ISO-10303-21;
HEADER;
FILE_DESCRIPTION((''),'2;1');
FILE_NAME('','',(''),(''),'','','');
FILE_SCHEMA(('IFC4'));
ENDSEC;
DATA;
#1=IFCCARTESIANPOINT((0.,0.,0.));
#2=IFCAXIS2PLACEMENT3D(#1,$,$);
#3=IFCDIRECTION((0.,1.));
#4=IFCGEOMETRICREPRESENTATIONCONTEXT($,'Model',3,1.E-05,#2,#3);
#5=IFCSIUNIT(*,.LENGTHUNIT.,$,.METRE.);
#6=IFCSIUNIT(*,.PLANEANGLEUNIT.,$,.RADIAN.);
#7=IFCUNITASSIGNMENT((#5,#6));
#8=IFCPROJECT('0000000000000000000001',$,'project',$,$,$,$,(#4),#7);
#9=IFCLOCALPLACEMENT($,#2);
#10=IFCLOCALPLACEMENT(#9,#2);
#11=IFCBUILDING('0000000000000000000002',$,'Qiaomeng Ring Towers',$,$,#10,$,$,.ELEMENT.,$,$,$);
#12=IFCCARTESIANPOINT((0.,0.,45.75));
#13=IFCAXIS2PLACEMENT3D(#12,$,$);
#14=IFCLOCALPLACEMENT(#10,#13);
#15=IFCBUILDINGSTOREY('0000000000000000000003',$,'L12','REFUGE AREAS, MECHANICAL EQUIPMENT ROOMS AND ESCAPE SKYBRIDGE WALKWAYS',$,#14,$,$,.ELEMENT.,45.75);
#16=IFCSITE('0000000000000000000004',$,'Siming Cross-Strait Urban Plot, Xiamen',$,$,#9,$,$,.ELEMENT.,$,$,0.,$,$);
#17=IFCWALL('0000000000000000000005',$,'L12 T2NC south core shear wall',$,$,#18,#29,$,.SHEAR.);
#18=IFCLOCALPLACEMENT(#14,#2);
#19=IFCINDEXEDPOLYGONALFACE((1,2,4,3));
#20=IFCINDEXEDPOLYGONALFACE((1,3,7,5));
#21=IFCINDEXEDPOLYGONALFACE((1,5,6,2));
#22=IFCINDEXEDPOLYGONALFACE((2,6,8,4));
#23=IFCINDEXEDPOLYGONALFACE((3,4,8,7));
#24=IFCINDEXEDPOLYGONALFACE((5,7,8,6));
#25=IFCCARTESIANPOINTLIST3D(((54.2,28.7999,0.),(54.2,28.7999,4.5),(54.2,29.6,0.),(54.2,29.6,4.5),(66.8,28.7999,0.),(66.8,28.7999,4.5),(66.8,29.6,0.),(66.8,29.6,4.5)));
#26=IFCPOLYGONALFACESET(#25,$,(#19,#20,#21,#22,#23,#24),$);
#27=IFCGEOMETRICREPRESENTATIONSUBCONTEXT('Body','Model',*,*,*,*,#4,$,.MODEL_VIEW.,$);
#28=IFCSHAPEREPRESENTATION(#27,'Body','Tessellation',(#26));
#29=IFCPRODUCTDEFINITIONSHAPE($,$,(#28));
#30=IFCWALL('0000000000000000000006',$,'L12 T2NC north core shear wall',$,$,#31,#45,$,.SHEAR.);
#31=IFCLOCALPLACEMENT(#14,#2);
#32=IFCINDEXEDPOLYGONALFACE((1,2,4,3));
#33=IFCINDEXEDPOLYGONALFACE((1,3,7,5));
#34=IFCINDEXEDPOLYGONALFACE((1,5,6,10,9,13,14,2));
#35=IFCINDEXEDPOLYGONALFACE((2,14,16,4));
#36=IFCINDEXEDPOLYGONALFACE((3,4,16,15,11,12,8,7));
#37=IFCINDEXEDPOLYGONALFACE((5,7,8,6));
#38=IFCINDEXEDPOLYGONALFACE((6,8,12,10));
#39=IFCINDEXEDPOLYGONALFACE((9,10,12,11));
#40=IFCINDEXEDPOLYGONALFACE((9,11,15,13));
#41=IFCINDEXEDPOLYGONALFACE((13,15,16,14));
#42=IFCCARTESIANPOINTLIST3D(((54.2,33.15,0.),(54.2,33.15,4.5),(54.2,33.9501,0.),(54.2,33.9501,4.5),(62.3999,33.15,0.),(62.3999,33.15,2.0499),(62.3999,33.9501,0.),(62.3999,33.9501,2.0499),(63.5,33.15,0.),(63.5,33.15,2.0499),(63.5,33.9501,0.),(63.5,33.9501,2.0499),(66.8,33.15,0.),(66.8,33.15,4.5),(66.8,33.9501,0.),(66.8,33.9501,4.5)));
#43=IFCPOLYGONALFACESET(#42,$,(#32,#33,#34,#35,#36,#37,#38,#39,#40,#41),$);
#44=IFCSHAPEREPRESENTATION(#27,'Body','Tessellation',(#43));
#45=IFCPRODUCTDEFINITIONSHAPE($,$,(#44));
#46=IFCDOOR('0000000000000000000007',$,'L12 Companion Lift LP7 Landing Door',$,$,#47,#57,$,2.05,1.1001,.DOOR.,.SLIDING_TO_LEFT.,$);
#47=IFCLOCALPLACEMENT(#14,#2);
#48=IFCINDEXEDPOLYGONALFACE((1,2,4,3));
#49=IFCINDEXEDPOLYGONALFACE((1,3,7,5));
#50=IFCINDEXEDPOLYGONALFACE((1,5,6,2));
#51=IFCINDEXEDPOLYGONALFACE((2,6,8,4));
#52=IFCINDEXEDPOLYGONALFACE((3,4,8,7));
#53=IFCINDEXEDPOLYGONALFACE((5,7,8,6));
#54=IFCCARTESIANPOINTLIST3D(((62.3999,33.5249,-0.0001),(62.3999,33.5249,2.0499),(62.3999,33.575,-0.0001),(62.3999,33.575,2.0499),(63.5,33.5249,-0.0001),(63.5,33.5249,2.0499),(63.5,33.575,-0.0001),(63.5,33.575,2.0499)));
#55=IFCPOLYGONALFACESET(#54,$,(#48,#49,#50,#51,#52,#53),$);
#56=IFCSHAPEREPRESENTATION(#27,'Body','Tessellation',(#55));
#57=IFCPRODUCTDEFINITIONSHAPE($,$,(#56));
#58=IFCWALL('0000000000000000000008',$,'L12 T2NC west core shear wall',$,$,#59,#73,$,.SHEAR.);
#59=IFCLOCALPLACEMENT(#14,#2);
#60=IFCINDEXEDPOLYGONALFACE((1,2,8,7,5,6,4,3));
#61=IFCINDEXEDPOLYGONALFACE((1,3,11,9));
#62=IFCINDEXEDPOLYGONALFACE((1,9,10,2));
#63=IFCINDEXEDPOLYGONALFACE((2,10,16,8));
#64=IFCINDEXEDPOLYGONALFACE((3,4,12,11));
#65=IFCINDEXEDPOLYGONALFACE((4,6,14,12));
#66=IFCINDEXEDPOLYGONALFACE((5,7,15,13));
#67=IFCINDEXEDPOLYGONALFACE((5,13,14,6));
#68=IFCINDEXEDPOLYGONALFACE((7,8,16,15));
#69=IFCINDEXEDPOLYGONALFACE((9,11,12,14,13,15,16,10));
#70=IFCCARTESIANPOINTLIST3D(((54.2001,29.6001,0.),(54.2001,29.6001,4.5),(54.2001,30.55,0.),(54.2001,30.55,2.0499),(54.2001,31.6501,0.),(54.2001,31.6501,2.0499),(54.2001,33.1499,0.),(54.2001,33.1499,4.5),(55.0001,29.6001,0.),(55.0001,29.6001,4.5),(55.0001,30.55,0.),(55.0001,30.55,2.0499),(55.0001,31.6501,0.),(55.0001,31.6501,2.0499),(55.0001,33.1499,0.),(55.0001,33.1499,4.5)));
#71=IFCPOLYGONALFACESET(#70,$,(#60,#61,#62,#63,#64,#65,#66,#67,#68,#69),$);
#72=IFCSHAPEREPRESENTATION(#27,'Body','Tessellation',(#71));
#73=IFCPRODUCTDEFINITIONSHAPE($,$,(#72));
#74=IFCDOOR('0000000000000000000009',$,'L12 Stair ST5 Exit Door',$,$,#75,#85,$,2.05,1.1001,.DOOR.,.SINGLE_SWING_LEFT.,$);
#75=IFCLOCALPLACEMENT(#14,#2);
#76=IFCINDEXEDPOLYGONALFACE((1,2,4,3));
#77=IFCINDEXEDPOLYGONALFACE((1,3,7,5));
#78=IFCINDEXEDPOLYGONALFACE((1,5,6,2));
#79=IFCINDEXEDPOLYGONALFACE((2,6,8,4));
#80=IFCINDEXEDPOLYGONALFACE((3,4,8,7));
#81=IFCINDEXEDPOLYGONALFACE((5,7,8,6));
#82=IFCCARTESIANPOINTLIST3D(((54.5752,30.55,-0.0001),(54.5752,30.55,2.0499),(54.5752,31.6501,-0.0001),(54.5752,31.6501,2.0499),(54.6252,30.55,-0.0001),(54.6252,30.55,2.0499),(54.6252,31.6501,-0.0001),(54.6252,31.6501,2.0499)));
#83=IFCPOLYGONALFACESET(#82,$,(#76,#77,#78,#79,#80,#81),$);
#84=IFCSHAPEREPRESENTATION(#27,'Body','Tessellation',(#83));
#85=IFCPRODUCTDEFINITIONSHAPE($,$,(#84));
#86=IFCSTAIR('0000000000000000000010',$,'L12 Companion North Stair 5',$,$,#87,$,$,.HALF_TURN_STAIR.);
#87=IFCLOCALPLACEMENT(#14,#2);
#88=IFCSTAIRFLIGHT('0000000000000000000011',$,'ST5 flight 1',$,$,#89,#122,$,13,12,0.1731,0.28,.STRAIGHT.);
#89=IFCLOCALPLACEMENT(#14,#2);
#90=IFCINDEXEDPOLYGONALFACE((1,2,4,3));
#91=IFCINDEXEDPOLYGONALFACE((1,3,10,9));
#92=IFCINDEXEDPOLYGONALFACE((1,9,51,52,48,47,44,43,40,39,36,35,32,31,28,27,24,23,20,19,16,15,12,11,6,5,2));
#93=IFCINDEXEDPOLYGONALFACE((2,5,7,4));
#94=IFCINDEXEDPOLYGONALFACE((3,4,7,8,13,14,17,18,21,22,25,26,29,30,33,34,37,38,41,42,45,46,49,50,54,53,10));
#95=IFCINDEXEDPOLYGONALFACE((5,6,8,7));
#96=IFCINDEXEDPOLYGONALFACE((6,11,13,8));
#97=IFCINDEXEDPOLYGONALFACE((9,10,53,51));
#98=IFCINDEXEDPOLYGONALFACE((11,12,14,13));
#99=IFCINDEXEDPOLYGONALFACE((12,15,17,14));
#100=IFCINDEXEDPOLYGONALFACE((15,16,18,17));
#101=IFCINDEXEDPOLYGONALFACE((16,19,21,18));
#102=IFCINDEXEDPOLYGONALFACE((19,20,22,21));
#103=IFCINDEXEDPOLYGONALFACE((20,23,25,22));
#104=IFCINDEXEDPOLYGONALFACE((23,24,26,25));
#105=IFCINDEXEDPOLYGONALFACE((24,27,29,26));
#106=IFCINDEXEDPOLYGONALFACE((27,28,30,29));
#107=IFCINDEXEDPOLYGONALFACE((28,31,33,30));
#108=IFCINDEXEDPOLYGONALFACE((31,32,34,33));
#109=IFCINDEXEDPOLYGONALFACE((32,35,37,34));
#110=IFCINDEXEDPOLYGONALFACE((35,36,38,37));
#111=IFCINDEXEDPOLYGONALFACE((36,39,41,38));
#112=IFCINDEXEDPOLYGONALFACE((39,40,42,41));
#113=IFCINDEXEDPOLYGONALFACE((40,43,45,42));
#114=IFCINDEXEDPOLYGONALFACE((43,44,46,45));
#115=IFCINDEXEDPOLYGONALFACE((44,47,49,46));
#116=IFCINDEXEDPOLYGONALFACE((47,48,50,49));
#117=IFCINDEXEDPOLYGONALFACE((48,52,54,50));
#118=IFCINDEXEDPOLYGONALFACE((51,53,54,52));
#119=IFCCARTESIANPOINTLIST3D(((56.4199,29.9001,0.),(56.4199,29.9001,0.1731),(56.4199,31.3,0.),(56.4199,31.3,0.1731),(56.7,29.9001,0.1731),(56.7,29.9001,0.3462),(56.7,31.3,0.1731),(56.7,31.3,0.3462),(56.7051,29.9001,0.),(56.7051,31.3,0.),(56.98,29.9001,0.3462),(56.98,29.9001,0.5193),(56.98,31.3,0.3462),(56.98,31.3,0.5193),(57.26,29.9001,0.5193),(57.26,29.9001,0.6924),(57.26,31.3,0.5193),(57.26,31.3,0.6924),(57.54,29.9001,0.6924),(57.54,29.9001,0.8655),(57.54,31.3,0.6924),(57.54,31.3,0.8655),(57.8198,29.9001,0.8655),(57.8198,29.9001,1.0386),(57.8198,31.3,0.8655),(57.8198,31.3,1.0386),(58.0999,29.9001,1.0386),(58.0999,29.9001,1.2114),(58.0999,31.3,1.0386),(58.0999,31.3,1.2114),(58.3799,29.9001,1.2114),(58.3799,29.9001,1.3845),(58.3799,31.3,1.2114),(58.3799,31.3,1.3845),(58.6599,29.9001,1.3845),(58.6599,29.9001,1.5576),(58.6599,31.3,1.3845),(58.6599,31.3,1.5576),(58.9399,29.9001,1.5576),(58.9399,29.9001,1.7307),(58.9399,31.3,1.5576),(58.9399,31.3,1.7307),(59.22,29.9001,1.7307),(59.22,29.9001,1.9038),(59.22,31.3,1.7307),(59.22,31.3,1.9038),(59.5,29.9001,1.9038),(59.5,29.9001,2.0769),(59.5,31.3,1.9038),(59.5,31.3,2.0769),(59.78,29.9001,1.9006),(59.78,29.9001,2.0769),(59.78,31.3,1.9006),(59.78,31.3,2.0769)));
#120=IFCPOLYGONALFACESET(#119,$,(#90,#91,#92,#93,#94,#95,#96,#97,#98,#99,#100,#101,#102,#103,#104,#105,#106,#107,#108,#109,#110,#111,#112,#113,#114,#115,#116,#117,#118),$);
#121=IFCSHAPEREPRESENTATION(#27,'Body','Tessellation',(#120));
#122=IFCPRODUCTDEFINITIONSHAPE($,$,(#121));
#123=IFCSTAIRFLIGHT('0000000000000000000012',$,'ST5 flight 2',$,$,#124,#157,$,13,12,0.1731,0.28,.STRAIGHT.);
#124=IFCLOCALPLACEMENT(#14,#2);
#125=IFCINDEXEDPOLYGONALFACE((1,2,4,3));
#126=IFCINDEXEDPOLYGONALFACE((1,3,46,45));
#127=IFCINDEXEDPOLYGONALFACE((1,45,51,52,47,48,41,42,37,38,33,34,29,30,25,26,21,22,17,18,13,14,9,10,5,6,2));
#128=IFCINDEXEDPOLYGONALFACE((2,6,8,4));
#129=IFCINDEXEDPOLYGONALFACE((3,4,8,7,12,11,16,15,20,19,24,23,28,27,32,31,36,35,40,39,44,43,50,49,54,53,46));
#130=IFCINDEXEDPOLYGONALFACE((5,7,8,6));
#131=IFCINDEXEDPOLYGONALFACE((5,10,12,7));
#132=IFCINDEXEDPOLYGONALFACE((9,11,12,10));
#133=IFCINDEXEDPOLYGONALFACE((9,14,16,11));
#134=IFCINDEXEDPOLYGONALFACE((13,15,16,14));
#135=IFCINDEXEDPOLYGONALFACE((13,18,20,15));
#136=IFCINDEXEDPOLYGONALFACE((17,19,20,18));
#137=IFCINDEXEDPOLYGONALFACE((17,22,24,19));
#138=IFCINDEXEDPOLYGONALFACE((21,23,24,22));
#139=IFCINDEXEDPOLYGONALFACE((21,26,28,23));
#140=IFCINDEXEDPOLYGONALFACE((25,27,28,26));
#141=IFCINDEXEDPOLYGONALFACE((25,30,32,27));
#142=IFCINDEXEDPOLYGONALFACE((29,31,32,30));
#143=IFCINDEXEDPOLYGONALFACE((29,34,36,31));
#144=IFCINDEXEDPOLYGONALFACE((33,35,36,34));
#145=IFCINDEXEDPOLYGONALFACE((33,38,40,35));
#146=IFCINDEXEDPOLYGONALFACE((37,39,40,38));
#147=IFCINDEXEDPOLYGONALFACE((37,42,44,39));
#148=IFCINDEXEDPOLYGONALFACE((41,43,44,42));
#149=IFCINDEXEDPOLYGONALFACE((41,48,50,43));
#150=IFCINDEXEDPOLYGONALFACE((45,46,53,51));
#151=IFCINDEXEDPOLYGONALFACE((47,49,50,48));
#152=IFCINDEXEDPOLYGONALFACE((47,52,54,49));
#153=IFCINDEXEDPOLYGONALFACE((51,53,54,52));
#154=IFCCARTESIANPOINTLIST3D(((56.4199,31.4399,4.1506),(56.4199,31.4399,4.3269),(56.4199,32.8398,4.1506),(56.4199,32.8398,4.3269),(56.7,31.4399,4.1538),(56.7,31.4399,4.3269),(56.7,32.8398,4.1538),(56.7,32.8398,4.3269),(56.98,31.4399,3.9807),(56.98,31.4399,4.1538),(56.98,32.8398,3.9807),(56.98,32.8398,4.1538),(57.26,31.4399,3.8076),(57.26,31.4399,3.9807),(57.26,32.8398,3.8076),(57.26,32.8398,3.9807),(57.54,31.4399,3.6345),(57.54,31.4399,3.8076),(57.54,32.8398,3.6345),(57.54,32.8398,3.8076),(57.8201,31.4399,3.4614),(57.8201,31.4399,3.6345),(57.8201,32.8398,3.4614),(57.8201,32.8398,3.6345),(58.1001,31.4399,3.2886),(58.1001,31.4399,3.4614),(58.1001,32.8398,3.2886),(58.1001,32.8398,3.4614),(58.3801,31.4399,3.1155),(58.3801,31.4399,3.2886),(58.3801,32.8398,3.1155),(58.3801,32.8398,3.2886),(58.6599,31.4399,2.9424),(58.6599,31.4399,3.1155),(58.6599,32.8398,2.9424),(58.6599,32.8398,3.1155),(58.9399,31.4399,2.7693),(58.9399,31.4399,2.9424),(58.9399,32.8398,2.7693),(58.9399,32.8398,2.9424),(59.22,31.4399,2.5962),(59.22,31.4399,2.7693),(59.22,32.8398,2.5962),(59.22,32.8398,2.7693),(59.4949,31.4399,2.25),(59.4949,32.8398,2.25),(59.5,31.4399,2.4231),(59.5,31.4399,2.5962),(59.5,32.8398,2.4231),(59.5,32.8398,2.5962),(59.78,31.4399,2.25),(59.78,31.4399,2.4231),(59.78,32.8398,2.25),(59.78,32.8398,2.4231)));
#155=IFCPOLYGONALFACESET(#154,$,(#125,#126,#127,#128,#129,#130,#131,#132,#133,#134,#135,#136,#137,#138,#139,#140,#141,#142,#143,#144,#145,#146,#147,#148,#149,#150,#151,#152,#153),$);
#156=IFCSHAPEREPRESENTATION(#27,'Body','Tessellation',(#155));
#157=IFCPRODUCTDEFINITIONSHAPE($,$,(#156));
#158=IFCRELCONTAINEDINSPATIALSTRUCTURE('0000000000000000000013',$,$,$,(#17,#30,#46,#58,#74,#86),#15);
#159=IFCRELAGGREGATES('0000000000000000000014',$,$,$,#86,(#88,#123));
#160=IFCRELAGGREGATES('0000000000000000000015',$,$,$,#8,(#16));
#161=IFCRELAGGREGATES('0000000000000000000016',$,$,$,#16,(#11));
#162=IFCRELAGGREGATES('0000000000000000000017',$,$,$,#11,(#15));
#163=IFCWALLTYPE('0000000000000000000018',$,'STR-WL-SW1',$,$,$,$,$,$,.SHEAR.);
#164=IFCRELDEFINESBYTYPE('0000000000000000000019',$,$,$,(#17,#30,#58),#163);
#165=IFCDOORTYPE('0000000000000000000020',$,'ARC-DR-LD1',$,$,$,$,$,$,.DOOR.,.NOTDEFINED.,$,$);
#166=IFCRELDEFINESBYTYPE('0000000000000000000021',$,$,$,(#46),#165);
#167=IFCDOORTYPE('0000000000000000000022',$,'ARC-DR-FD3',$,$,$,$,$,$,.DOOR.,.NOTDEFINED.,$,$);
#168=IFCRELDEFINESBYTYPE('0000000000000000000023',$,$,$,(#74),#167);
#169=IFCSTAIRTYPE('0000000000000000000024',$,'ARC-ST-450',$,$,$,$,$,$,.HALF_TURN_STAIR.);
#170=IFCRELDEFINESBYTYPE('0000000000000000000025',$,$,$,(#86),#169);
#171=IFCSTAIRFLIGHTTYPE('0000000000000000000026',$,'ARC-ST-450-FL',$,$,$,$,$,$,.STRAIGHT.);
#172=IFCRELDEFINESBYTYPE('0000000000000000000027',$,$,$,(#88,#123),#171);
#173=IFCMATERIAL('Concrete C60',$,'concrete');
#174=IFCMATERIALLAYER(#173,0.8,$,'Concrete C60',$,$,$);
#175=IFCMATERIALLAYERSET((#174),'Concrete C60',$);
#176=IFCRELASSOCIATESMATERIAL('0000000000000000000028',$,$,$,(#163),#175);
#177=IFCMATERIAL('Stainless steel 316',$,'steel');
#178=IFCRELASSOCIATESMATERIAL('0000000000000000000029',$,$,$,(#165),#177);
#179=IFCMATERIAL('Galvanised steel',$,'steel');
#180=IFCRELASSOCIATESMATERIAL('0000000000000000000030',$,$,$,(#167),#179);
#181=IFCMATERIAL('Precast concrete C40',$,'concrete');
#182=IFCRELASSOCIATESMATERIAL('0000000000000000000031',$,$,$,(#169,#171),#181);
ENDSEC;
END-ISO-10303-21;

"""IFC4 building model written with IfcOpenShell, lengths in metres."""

from ifc_helpers import new_model, si_unit, direction, frame, frame_2d, origin, place, context, subcontext, project, spatial, polyline, rectangle, outline, extrude, source, transform, mapped, material, layer, layer_set, type_object, element, fill, aggregate, save


model = new_model("IFC4")

# Units and contexts
model_context = context("Model", 3, precision=1e-05, world=origin(), true_north=direction((0.0, 1.0)))
body_context = subcontext(model_context, "Body", "Model", "MODEL_VIEW")
ifc_project = project(units=[si_unit("LENGTHUNIT", "METRE"), si_unit("PLANEANGLEUNIT", "RADIAN")], contexts=[model_context])

# Site, building, storey
site_placement = place(None, origin())
site = spatial("IfcSite", under=ifc_project, at=site_placement, Name="Siming Cross-Strait Urban Plot, Xiamen", CompositionType="ELEMENT", RefElevation=0.0)
building_placement = place(site_placement, origin())
building = spatial("IfcBuilding", under=site, at=building_placement, Name="Qiaomeng Ring Towers", CompositionType="ELEMENT")
storey_placement = place(building_placement, frame((0.0, 0.0, 45.75)))
storey = spatial("IfcBuildingStorey", under=building, at=storey_placement, Name="L12", Description="REFUGE AREAS, MECHANICAL EQUIPMENT ROOMS AND ESCAPE SKYBRIDGE WALKWAYS", CompositionType="ELEMENT", Elevation=45.75)

# Shared definitions
ifc_material_1 = material(Name="Concrete C60", Category="concrete")

# Wall
ifc_layer_1 = layer(ifc_material_1, 0.8, Name="Concrete C60")
ifc_layer_set_1 = layer_set([ifc_layer_1], Name="Concrete C60")
wall_type_1 = type_object("IfcWallType", Name="STR-WL-SW1", PredefinedType="SHEAR", material=ifc_layer_set_1)
wall_1_placement = place(storey_placement, frame((54.2, 29.2, 0.0), z_axis=(0.0, 0.0, 1.0), x_axis=(1.0, 0.0, 0.0)))
element("IfcWall", 1, at=wall_1_placement, inside=storey, type_object=wall_type_1, Name="L12 T2NC south core shear wall", PredefinedType="SHEAR", context=body_context, shape_type="SweptSolid", body=[
    extrude(rectangle(XDim=12.6001, YDim=0.8, at=frame_2d((6.3, 0.0))), origin(), (0.0, 0.0, 1.0), 4.5),
])

# Walls, openings, doors
wall_2_placement = place(storey_placement, frame((54.2, 33.55, 0.0), z_axis=(0.0, 0.0, 1.0), x_axis=(1.0, 0.0, 0.0)))
wall_2 = element("IfcWall", 2, at=wall_2_placement, inside=storey, type_object=wall_type_1, Name="L12 T2NC north core shear wall", PredefinedType="SHEAR", context=body_context, shape_type="SweptSolid", body=[
    extrude(rectangle(XDim=12.6001, YDim=0.8, at=frame_2d((6.3, 0.0))), origin(), (0.0, 0.0, 1.0), 4.5),
])
opening_1_placement = place(wall_2_placement, frame((8.2, 0.0, 0.0)))
opening_1 = element("IfcOpeningElement", 3, at=opening_1_placement, cuts=wall_2, PredefinedType="OPENING", context=body_context, shape_type="SweptSolid", body=[
    extrude(rectangle(XDim=1.1001, YDim=2.05, at=frame_2d((0.55, 1.0249))), frame((0.0, 0.4099, 0.0), z_axis=(0.0, -1.0, 0.0), x_axis=(1.0, 0.0, 0.0)), (0.0, 0.0, 1.0), 0.8201),
])
ifc_material_2 = material(Name="Stainless steel 316", Category="steel")
door_type_1 = type_object("IfcDoorType", Name="ARC-DR-LD1", OperationType="NOTDEFINED", PredefinedType="DOOR", material=ifc_material_2)
shared_shape_1 = source(origin(), body_context, "Body", "SweptSolid", [
    extrude(rectangle(XDim=1.1001, YDim=2.05, at=frame_2d((0.55, 1.0249))), frame((0.0, 0.0249, 0.0), z_axis=(0.0, -1.0, 0.0), x_axis=(1.0, 0.0, 0.0)), (0.0, 0.0, 1.0), 0.05),
])
door_1_placement = place(opening_1_placement, origin())
door_1 = element("IfcDoor", 4, at=door_1_placement, inside=storey, type_object=door_type_1, Name="L12 Companion Lift LP7 Landing Door", OperationType="SLIDING_TO_LEFT", OverallHeight=2.05, OverallWidth=1.1001, PredefinedType="DOOR", context=body_context, shape_type="MappedRepresentation", body=[
    mapped(shared_shape_1, transform((0.0, 0.0, 0.0), x_axis=(1.0, 0.0, 0.0), y_axis=(0.0, 1.0, 0.0), z_axis=(0.0, 0.0, 1.0), scale=1.0)),
])
fill(opening_1, door_1)
wall_3_placement = place(storey_placement, frame((54.6001, 29.6001, 0.0), z_axis=(0.0, 0.0, 1.0), x_axis=(0.0, 1.0, 0.0)))
wall_3 = element("IfcWall", 5, at=wall_3_placement, inside=storey, type_object=wall_type_1, Name="L12 T2NC west core shear wall", PredefinedType="SHEAR", context=body_context, shape_type="SweptSolid", body=[
    extrude(rectangle(XDim=3.5498, YDim=0.8, at=frame_2d((1.7749, 0.0))), origin(), (0.0, 0.0, 1.0), 4.5),
])
opening_2_placement = place(wall_3_placement, frame((0.95, 0.0, 0.0)))
opening_2 = element("IfcOpeningElement", 6, at=opening_2_placement, cuts=wall_3, PredefinedType="OPENING", context=body_context, shape_type="SweptSolid", body=[
    extrude(rectangle(XDim=1.1001, YDim=2.05, at=frame_2d((0.55, 1.0249))), frame((0.0, 0.4099, 0.0), z_axis=(0.0, -1.0, 0.0), x_axis=(1.0, 0.0, 0.0)), (0.0, 0.0, 1.0), 0.8201),
])
ifc_material_3 = material(Name="Galvanised steel", Category="steel")
door_type_2 = type_object("IfcDoorType", Name="ARC-DR-FD3", OperationType="NOTDEFINED", PredefinedType="DOOR", material=ifc_material_3)
door_2_placement = place(opening_2_placement, origin())
door_2 = element("IfcDoor", 7, at=door_2_placement, inside=storey, type_object=door_type_2, Name="L12 Stair ST5 Exit Door", OperationType="SINGLE_SWING_LEFT", OverallHeight=2.05, OverallWidth=1.1001, PredefinedType="DOOR", context=body_context, shape_type="MappedRepresentation", body=[
    mapped(shared_shape_1, transform((0.0, 0.0, 0.0), x_axis=(1.0, 0.0, 0.0), y_axis=(0.0, 1.0, 0.0), z_axis=(0.0, 0.0, 1.0), scale=1.0)),
])
fill(opening_2, door_2)

# Stair, stair flights
ifc_material_4 = material(Name="Precast concrete C40", Category="concrete")
stair_type = type_object("IfcStairType", Name="ARC-ST-450", PredefinedType="HALF_TURN_STAIR", material=ifc_material_4)
stair_placement = place(storey_placement, origin())
stair = element("IfcStair", 8, at=stair_placement, inside=storey, type_object=stair_type, Name="L12 Companion North Stair 5", PredefinedType="HALF_TURN_STAIR")
stair_flight_type = type_object("IfcStairFlightType", Name="ARC-ST-450-FL", PredefinedType="STRAIGHT", material=ifc_material_4)
shared_shape_2 = source(origin(), body_context, "Body", "SweptSolid", [
    extrude(outline(polyline([(0.0, 0.0), (0.0, 0.1731), (0.28, 0.1731), (0.28, 0.3462), (0.5601, 0.3462), (0.5601, 0.5193), (0.8401, 0.5193), (0.8401, 0.6924), (1.1201, 0.6924), (1.1201, 0.8655), (1.3999, 0.8655), (1.3999, 1.0386), (1.6799, 1.0386), (1.6799, 1.2114), (1.96, 1.2114), (1.96, 1.3845), (2.24, 1.3845), (2.24, 1.5576), (2.52, 1.5576), (2.52, 1.7307), (2.8, 1.7307), (2.8, 1.9038), (3.0801, 1.9038), (3.0801, 2.0769), (3.3601, 2.0769), (3.3601, 2.25), (3.3601, 1.9006), (0.2852, 0.0), (0.0, 0.0)])), frame((0.0, 0.7, 0.0), z_axis=(0.0, -1.0, 0.0), x_axis=(1.0, 0.0, 0.0)), (0.0, 0.0, 1.0), 1.3999),
])
stair_flight_1_placement = place(storey_placement, frame((56.4199, 30.6001, 0.0), z_axis=(0.0, 0.0, 1.0), x_axis=(1.0, 0.0, 0.0)))
stair_flight_1 = element("IfcStairFlight", 9, at=stair_flight_1_placement, type_object=stair_flight_type, Name="ST5 flight 1", NumberOfRisers=13, NumberOfTreads=12, PredefinedType="STRAIGHT", RiserHeight=0.1731, TreadLength=0.28, context=body_context, shape_type="MappedRepresentation", body=[
    mapped(shared_shape_2, transform((0.0, 0.0, 0.0), x_axis=(1.0, 0.0, 0.0), y_axis=(0.0, 1.0, 0.0), z_axis=(0.0, 0.0, 1.0), scale=1.0)),
])
stair_flight_2_placement = place(storey_placement, frame((59.78, 32.1399, 2.25), z_axis=(0.0, 0.0, 1.0), x_axis=(-1.0, 0.0, 0.0)))
stair_flight_2 = element("IfcStairFlight", 10, at=stair_flight_2_placement, type_object=stair_flight_type, Name="ST5 flight 2", NumberOfRisers=13, NumberOfTreads=12, PredefinedType="STRAIGHT", RiserHeight=0.1731, TreadLength=0.28, context=body_context, shape_type="MappedRepresentation", body=[
    mapped(shared_shape_2, transform((0.0, 0.0, 0.0), x_axis=(1.0, 0.0, 0.0), y_axis=(0.0, 1.0, 0.0), z_axis=(0.0, 0.0, 1.0), scale=1.0)),
])
aggregate(stair, [stair_flight_1, stair_flight_2])

save(model, "model.ifc")
